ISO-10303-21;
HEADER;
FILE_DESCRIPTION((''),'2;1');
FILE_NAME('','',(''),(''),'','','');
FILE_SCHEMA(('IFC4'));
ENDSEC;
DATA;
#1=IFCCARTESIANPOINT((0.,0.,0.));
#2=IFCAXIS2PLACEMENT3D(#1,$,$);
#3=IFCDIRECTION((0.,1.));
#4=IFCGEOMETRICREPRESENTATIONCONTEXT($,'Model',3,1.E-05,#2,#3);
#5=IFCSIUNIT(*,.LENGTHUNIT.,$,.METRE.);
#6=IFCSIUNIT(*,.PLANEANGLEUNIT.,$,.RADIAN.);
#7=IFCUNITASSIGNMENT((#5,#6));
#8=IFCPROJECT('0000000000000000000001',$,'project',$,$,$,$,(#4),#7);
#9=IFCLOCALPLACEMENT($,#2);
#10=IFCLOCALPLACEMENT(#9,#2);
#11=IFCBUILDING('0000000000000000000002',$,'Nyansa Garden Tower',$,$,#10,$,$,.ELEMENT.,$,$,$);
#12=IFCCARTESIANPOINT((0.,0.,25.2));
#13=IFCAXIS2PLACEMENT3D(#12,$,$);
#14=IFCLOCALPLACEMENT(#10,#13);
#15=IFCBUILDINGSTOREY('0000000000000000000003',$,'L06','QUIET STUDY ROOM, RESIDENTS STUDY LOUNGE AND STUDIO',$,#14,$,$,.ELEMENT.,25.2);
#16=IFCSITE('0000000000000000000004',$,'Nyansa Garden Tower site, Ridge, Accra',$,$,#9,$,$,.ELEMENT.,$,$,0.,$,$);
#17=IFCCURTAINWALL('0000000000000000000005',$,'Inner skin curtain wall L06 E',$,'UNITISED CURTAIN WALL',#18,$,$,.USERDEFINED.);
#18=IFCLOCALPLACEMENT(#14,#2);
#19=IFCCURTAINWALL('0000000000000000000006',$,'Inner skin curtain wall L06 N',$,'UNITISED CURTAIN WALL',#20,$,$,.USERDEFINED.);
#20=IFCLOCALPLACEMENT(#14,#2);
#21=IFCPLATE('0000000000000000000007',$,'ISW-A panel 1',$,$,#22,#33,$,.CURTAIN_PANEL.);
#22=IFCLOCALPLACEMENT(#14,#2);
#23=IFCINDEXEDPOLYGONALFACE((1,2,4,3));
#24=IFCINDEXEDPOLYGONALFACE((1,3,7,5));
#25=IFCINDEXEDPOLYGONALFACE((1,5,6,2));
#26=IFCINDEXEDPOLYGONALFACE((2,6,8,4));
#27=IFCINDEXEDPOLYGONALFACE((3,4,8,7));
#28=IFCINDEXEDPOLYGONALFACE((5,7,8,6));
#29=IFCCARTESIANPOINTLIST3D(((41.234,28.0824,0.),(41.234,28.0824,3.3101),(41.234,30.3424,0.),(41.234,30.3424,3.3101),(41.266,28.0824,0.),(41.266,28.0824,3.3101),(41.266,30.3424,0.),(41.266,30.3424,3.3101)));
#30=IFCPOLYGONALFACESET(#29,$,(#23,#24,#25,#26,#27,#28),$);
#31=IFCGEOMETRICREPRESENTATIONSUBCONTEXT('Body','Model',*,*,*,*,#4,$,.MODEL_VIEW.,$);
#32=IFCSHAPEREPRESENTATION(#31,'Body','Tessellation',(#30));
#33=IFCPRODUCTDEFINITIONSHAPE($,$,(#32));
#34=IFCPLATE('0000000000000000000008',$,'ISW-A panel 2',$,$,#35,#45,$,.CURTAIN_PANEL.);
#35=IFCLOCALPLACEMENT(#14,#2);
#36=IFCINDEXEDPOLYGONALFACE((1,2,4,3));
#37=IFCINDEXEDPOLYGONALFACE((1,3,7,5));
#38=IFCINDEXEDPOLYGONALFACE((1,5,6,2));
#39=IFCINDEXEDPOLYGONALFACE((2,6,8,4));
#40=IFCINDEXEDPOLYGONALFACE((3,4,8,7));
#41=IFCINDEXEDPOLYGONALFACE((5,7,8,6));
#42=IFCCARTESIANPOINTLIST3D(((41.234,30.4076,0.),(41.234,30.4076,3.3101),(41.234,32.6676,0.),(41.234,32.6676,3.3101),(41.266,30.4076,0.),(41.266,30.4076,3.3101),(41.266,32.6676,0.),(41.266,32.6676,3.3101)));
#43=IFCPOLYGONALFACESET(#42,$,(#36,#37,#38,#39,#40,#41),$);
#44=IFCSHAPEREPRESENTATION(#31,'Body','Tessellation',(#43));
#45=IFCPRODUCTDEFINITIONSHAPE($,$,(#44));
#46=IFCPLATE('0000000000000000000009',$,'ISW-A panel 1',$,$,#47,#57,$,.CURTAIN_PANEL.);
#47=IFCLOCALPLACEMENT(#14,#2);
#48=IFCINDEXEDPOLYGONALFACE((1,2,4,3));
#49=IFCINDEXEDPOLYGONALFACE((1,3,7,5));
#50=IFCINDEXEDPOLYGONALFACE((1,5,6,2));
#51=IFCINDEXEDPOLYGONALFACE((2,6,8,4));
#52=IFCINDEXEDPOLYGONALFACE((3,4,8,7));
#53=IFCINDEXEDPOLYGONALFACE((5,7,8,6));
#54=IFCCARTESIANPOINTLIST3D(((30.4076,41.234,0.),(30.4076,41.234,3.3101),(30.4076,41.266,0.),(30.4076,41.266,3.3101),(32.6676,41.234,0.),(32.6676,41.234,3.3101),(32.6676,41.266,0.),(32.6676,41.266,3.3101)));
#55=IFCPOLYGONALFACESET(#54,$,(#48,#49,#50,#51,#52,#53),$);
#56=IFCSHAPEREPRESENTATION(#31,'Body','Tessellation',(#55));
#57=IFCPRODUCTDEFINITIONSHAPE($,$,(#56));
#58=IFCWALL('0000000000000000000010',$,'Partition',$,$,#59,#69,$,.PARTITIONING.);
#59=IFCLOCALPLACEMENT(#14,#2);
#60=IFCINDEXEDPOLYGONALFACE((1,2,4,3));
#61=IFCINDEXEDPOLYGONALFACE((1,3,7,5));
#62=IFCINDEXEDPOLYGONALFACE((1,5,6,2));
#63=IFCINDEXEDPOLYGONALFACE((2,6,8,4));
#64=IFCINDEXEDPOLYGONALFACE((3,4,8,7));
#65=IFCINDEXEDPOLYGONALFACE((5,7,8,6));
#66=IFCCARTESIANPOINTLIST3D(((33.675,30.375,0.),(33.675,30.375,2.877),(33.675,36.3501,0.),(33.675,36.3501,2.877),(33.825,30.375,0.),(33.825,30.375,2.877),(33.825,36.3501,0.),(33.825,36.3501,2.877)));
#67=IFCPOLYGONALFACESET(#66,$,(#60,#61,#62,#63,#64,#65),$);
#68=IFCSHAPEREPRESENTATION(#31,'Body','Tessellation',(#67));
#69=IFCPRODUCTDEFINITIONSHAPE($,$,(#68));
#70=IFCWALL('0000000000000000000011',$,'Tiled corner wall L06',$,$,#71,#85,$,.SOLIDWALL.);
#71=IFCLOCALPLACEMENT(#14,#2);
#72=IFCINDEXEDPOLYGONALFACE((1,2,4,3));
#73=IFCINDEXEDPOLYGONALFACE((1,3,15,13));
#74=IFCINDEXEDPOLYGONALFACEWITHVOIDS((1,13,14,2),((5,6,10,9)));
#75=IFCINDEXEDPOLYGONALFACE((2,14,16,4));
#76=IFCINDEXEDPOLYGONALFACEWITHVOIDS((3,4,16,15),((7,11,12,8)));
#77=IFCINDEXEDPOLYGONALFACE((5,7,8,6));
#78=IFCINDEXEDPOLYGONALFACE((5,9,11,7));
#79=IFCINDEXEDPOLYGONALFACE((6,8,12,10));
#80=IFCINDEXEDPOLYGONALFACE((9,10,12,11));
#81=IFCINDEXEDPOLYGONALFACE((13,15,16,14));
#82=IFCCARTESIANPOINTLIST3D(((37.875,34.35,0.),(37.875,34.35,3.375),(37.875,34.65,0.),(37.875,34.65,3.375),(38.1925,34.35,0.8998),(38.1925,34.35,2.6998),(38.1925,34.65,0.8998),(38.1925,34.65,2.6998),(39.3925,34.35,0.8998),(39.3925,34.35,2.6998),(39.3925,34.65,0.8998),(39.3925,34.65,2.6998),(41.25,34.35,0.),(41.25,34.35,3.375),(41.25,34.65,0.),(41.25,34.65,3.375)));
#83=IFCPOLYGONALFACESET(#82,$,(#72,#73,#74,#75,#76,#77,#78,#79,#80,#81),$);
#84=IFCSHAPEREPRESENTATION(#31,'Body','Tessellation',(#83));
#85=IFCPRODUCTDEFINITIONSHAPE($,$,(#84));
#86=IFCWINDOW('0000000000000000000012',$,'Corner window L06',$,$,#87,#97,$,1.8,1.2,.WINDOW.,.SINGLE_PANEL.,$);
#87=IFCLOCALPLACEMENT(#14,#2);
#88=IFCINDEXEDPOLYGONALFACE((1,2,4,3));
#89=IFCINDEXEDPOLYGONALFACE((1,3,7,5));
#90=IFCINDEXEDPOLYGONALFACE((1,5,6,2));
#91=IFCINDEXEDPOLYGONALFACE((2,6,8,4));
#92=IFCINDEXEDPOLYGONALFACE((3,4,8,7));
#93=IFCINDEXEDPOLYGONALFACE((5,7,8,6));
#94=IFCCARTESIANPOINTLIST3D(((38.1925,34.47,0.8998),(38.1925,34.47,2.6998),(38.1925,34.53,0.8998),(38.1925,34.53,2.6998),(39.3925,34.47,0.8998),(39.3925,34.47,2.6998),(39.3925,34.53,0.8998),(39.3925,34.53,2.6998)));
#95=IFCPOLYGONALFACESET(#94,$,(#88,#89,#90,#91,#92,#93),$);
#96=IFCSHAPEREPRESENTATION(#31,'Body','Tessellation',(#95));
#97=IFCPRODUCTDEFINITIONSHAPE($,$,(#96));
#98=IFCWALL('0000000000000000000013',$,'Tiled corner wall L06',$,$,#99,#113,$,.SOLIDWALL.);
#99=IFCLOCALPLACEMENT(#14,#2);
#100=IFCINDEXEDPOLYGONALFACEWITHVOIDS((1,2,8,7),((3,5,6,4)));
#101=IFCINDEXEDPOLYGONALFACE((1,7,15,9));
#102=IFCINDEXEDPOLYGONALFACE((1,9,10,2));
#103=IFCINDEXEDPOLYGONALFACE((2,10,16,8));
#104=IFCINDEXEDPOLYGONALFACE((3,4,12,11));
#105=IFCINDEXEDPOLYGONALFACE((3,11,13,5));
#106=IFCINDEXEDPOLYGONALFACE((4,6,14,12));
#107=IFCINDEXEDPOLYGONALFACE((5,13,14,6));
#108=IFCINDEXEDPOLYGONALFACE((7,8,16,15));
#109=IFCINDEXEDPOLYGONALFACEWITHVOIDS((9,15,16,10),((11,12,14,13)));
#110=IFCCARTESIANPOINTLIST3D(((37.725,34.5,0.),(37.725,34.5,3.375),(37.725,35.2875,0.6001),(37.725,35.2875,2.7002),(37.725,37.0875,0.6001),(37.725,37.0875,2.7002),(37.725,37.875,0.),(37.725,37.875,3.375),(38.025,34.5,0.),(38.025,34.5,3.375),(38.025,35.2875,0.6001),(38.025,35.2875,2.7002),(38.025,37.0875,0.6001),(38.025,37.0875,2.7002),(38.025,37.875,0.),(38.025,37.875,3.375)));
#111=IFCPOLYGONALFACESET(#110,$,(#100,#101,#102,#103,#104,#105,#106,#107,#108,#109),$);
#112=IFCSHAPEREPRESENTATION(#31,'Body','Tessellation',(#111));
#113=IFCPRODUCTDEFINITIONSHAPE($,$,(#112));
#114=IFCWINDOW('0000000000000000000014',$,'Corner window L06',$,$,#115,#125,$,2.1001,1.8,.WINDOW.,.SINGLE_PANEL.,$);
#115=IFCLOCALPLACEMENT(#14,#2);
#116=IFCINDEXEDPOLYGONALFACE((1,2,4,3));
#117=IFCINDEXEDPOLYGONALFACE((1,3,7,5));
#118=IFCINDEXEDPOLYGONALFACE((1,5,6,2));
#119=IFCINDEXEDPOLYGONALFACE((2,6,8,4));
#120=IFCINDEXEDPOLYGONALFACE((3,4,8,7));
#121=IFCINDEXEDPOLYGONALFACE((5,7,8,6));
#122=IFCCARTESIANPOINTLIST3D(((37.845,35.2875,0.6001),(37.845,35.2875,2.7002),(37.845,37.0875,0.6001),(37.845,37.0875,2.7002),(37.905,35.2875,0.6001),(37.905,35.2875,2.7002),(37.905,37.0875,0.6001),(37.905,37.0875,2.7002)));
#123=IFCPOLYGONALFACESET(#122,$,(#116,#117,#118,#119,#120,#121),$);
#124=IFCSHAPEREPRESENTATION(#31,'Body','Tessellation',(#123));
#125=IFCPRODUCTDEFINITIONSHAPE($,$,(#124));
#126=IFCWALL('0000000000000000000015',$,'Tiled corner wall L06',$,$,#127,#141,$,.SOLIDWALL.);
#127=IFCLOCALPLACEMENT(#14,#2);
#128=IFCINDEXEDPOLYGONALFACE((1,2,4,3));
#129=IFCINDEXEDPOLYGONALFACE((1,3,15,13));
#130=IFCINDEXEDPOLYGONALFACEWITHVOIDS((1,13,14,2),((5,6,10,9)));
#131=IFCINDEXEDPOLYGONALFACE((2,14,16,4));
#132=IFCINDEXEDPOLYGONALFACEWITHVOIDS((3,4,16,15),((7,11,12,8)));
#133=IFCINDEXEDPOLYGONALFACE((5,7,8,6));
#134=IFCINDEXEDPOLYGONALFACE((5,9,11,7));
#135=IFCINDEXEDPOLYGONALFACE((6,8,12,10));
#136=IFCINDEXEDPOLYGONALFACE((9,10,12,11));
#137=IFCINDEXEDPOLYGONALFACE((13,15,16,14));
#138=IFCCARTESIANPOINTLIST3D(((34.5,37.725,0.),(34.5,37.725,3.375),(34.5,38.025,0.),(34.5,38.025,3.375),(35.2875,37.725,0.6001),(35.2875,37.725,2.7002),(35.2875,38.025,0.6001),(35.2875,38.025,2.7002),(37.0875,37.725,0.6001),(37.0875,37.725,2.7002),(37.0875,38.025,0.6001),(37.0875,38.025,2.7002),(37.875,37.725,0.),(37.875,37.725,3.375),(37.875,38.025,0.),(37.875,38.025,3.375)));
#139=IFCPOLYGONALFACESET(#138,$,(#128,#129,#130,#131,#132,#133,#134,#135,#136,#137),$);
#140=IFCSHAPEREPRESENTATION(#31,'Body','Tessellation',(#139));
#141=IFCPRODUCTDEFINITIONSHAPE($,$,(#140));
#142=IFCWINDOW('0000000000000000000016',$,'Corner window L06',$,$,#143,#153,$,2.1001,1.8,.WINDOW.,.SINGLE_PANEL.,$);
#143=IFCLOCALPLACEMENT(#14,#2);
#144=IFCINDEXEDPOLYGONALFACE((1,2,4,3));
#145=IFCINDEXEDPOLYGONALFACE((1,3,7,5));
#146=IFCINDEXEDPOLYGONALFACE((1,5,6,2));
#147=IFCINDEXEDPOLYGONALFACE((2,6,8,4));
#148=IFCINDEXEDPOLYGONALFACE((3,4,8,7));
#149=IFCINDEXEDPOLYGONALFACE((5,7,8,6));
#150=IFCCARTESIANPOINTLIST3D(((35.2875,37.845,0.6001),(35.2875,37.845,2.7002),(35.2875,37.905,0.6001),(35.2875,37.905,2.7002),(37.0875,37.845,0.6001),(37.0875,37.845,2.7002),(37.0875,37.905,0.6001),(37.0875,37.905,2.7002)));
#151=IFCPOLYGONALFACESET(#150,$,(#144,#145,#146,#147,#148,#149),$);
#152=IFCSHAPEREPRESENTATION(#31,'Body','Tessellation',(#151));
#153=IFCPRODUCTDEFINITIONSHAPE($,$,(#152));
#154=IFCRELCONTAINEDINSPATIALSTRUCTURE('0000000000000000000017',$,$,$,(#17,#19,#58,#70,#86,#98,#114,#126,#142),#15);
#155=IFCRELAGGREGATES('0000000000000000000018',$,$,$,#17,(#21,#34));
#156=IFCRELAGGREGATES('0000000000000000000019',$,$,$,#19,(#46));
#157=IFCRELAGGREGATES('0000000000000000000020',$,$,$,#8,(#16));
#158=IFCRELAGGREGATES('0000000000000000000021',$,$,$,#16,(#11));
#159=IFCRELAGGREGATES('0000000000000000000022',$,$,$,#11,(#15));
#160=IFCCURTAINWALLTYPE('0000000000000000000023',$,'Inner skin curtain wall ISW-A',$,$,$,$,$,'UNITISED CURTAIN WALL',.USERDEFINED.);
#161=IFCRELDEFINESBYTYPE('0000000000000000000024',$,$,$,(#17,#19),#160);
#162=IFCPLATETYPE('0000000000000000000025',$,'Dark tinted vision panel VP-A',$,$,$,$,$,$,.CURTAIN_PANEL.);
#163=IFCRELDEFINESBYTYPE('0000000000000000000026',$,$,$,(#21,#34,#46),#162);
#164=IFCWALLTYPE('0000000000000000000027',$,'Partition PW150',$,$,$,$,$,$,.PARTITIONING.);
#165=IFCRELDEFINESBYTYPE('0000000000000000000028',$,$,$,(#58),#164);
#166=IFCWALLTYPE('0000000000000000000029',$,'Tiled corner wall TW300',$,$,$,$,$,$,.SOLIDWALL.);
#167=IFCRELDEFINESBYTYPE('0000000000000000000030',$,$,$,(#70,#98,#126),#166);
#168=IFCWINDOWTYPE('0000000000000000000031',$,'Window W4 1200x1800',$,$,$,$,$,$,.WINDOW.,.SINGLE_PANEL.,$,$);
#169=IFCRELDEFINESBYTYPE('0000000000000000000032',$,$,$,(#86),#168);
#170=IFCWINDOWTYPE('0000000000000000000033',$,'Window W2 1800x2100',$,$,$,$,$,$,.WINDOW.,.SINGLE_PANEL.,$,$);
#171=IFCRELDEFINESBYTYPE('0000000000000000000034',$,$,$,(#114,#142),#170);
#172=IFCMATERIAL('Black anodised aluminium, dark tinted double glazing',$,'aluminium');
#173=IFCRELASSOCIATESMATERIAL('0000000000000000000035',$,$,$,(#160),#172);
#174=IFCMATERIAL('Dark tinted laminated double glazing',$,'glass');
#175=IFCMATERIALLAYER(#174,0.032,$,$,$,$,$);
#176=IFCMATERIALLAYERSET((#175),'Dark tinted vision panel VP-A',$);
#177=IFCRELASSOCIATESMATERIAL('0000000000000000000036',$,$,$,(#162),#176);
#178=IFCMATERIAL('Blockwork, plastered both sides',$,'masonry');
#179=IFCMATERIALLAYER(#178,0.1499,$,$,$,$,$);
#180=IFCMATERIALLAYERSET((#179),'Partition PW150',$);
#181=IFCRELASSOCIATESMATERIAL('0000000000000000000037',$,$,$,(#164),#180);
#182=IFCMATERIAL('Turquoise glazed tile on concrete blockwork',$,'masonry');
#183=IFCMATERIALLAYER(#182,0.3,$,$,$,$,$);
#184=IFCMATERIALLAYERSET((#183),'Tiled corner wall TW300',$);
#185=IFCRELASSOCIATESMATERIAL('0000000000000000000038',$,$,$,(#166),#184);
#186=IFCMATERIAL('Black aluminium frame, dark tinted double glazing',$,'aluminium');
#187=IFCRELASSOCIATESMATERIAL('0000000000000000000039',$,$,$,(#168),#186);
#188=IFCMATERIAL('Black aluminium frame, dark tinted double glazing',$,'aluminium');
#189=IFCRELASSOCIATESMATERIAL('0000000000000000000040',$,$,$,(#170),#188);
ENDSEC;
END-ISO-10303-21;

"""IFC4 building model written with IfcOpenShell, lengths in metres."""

from ifc_helpers import new_model, si_unit, direction, frame, frame_2d, origin, origin_2d, place, context, subcontext, project, spatial, rectangle, extrude, material, layer, layer_set, type_object, element, fill, aggregate, save


model = new_model("IFC4")

# Units and contexts
model_context = context("Model", 3, precision=1e-05, world=origin(), true_north=direction((0.0, 1.0)))
body_context = subcontext(model_context, "Body", "Model", "MODEL_VIEW")
ifc_project = project(units=[si_unit("LENGTHUNIT", "METRE"), si_unit("PLANEANGLEUNIT", "RADIAN")], contexts=[model_context])

# Site, building, storey
site_placement = place(None, origin())
site = spatial("IfcSite", under=ifc_project, at=site_placement, Name="Nyansa Garden Tower site, Ridge, Accra", CompositionType="ELEMENT", RefElevation=0.0)
building_placement = place(site_placement, origin())
building = spatial("IfcBuilding", under=site, at=building_placement, Name="Nyansa Garden Tower", CompositionType="ELEMENT")
storey_placement = place(building_placement, frame((0.0, 0.0, 25.2)))
storey = spatial("IfcBuildingStorey", under=building, at=storey_placement, Name="L06", Description="QUIET STUDY ROOM, RESIDENTS STUDY LOUNGE AND STUDIO", CompositionType="ELEMENT", Elevation=25.2)

# Curtain wall
ifc_material_1 = material(Name="Black anodised aluminium, dark tinted double glazing", Category="aluminium")
curtain_wall_type = type_object("IfcCurtainWallType", Name="Inner skin curtain wall ISW-A", ElementType="UNITISED CURTAIN WALL", PredefinedType="USERDEFINED", material=ifc_material_1)
curtain_wall_1_placement = place(storey_placement, origin())
curtain_wall_1 = element("IfcCurtainWall", 1, at=curtain_wall_1_placement, inside=storey, type_object=curtain_wall_type, Name="Inner skin curtain wall L06 E", ObjectType="UNITISED CURTAIN WALL", PredefinedType="USERDEFINED")

# Curtain wall
curtain_wall_2_placement = place(storey_placement, origin())
curtain_wall_2 = element("IfcCurtainWall", 2, at=curtain_wall_2_placement, inside=storey, type_object=curtain_wall_type, Name="Inner skin curtain wall L06 N", ObjectType="UNITISED CURTAIN WALL", PredefinedType="USERDEFINED")

# Plates
ifc_material_2 = material(Name="Dark tinted laminated double glazing", Category="glass")
ifc_layer_1 = layer(ifc_material_2, 0.032)
ifc_layer_set_1 = layer_set([ifc_layer_1], Name="Dark tinted vision panel VP-A")
plate_type = type_object("IfcPlateType", Name="Dark tinted vision panel VP-A", PredefinedType="CURTAIN_PANEL", material=ifc_layer_set_1)
plate_1_placement = place(storey_placement, frame((41.25, 29.2124, 0.0), z_axis=(0.0, 0.0, 1.0), x_axis=(0.0, 1.0, 0.0)))
plate_1 = element("IfcPlate", 3, at=plate_1_placement, type_object=plate_type, Name="ISW-A panel 1", PredefinedType="CURTAIN_PANEL", context=body_context, shape_type="SweptSolid", body=[
    extrude(rectangle(XDim=2.26, YDim=0.032, at=origin_2d()), origin(), (0.0, 0.0, 1.0), 3.3101),
])
plate_2_placement = place(storey_placement, frame((41.25, 31.5376, 0.0), z_axis=(0.0, 0.0, 1.0), x_axis=(0.0, 1.0, 0.0)))
plate_2 = element("IfcPlate", 4, at=plate_2_placement, type_object=plate_type, Name="ISW-A panel 2", PredefinedType="CURTAIN_PANEL", context=body_context, shape_type="SweptSolid", body=[
    extrude(rectangle(XDim=2.26, YDim=0.032, at=origin_2d()), origin(), (0.0, 0.0, 1.0), 3.3101),
])
aggregate(curtain_wall_1, [plate_1, plate_2])
plate_3_placement = place(storey_placement, frame((31.5376, 41.25, 0.0), z_axis=(0.0, 0.0, 1.0), x_axis=(-1.0, 0.0, 0.0)))
plate_3 = element("IfcPlate", 5, at=plate_3_placement, type_object=plate_type, Name="ISW-A panel 1", PredefinedType="CURTAIN_PANEL", context=body_context, shape_type="SweptSolid", body=[
    extrude(rectangle(XDim=2.26, YDim=0.032, at=origin_2d()), origin(), (0.0, 0.0, 1.0), 3.3101),
])
aggregate(curtain_wall_2, [plate_3])

# Wall
ifc_material_3 = material(Name="Blockwork, plastered both sides", Category="masonry")
ifc_layer_2 = layer(ifc_material_3, 0.1499)
ifc_layer_set_2 = layer_set([ifc_layer_2], Name="Partition PW150")
wall_type_1 = type_object("IfcWallType", Name="Partition PW150", PredefinedType="PARTITIONING", material=ifc_layer_set_2)
wall_1_placement = place(storey_placement, frame((33.75, 30.375, 0.0), z_axis=(0.0, 0.0, 1.0), x_axis=(0.0, 1.0, 0.0)))
element("IfcWall", 6, at=wall_1_placement, inside=storey, type_object=wall_type_1, Name="Partition", PredefinedType="PARTITIONING", context=body_context, shape_type="SweptSolid", body=[
    extrude(rectangle(XDim=5.9751, YDim=0.1499, at=frame_2d((2.9875, 0.0))), origin(), (0.0, 0.0, 1.0), 2.877),
])

# Walls, openings, windows
ifc_material_4 = material(Name="Turquoise glazed tile on concrete blockwork", Category="masonry")
ifc_layer_3 = layer(ifc_material_4, 0.3)
ifc_layer_set_3 = layer_set([ifc_layer_3], Name="Tiled corner wall TW300")
wall_type_2 = type_object("IfcWallType", Name="Tiled corner wall TW300", PredefinedType="SOLIDWALL", material=ifc_layer_set_3)
wall_2_placement = place(storey_placement, frame((41.25, 34.5, 0.0), z_axis=(0.0, 0.0, 1.0), x_axis=(-1.0, 0.0, 0.0)))
wall_2 = element("IfcWall", 7, at=wall_2_placement, inside=storey, type_object=wall_type_2, Name="Tiled corner wall L06", PredefinedType="SOLIDWALL", context=body_context, shape_type="SweptSolid", body=[
    extrude(rectangle(XDim=3.375, YDim=0.3, at=frame_2d((1.6875, 0.0))), origin(), (0.0, 0.0, 1.0), 3.375),
])
opening_1_placement = place(wall_2_placement, frame((1.8574, 0.0, 0.8999)))
opening_1 = element("IfcOpeningElement", 8, at=opening_1_placement, cuts=wall_2, PredefinedType="OPENING", context=body_context, shape_type="SweptSolid", body=[
    extrude(rectangle(XDim=1.2, YDim=1.8, at=frame_2d((0.6001, 0.8999))), frame((0.0, 0.1599, 0.0), z_axis=(0.0, -1.0, 0.0), x_axis=(1.0, 0.0, 0.0)), (0.0, 0.0, 1.0), 0.3201),
])
ifc_material_5 = material(Name="Black aluminium frame, dark tinted double glazing", Category="aluminium")
window_type_1 = type_object("IfcWindowType", Name="Window W4 1200x1800", PartitioningType="SINGLE_PANEL", PredefinedType="WINDOW", material=ifc_material_5)
window_1_placement = place(opening_1_placement, origin())
window_1 = element("IfcWindow", 9, at=window_1_placement, inside=storey, type_object=window_type_1, Name="Corner window L06", OverallHeight=1.8, OverallWidth=1.2, PartitioningType="SINGLE_PANEL", PredefinedType="WINDOW", context=body_context, shape_type="SweptSolid", body=[
    extrude(rectangle(XDim=1.2, YDim=1.8, at=frame_2d((0.6001, 0.8999))), frame((0.0, 0.03, 0.0), z_axis=(0.0, -1.0, 0.0), x_axis=(1.0, 0.0, 0.0)), (0.0, 0.0, 1.0), 0.0601),
])
fill(opening_1, window_1)
wall_3_placement = place(storey_placement, frame((37.875, 34.5, 0.0), z_axis=(0.0, 0.0, 1.0), x_axis=(0.0, 1.0, 0.0)))
wall_3 = element("IfcWall", 10, at=wall_3_placement, inside=storey, type_object=wall_type_2, Name="Tiled corner wall L06", PredefinedType="SOLIDWALL", context=body_context, shape_type="SweptSolid", body=[
    extrude(rectangle(XDim=3.375, YDim=0.3, at=frame_2d((1.6875, 0.0))), origin(), (0.0, 0.0, 1.0), 3.375),
])
opening_2_placement = place(wall_3_placement, frame((0.7876, 0.0, 0.6001)))
opening_2 = element("IfcOpeningElement", 11, at=opening_2_placement, cuts=wall_3, PredefinedType="OPENING", context=body_context, shape_type="SweptSolid", body=[
    extrude(rectangle(XDim=1.8, YDim=2.1001, at=frame_2d((0.8999, 1.05))), frame((0.0, 0.1599, 0.0), z_axis=(0.0, -1.0, 0.0), x_axis=(1.0, 0.0, 0.0)), (0.0, 0.0, 1.0), 0.3201),
])
ifc_material_6 = material(Name="Black aluminium frame, dark tinted double glazing", Category="aluminium")
window_type_2 = type_object("IfcWindowType", Name="Window W2 1800x2100", PartitioningType="SINGLE_PANEL", PredefinedType="WINDOW", material=ifc_material_6)
window_2_placement = place(opening_2_placement, origin())
window_2 = element("IfcWindow", 12, at=window_2_placement, inside=storey, type_object=window_type_2, Name="Corner window L06", OverallHeight=2.1001, OverallWidth=1.8, PartitioningType="SINGLE_PANEL", PredefinedType="WINDOW", context=body_context, shape_type="SweptSolid", body=[
    extrude(rectangle(XDim=1.8, YDim=2.1001, at=frame_2d((0.8999, 1.05))), frame((0.0, 0.03, 0.0), z_axis=(0.0, -1.0, 0.0), x_axis=(1.0, 0.0, 0.0)), (0.0, 0.0, 1.0), 0.0601),
])
fill(opening_2, window_2)
wall_4_placement = place(storey_placement, frame((37.875, 37.875, 0.0), z_axis=(0.0, 0.0, 1.0), x_axis=(-1.0, 0.0, 0.0)))
wall_4 = element("IfcWall", 13, at=wall_4_placement, inside=storey, type_object=wall_type_2, Name="Tiled corner wall L06", PredefinedType="SOLIDWALL", context=body_context, shape_type="SweptSolid", body=[
    extrude(rectangle(XDim=3.375, YDim=0.3, at=frame_2d((1.6875, 0.0))), origin(), (0.0, 0.0, 1.0), 3.375),
])
opening_3_placement = place(wall_4_placement, frame((0.7876, 0.0, 0.6001)))
opening_3 = element("IfcOpeningElement", 14, at=opening_3_placement, cuts=wall_4, PredefinedType="OPENING", context=body_context, shape_type="SweptSolid", body=[
    extrude(rectangle(XDim=1.8, YDim=2.1001, at=frame_2d((0.8999, 1.05))), frame((0.0, 0.1599, 0.0), z_axis=(0.0, -1.0, 0.0), x_axis=(1.0, 0.0, 0.0)), (0.0, 0.0, 1.0), 0.3201),
])
window_3_placement = place(opening_3_placement, origin())
window_3 = element("IfcWindow", 15, at=window_3_placement, inside=storey, type_object=window_type_2, Name="Corner window L06", OverallHeight=2.1001, OverallWidth=1.8, PartitioningType="SINGLE_PANEL", PredefinedType="WINDOW", context=body_context, shape_type="SweptSolid", body=[
    extrude(rectangle(XDim=1.8, YDim=2.1001, at=frame_2d((0.8999, 1.05))), frame((0.0, 0.03, 0.0), z_axis=(0.0, -1.0, 0.0), x_axis=(1.0, 0.0, 0.0)), (0.0, 0.0, 1.0), 0.0601),
])
fill(opening_3, window_3)

save(model, "model.ifc")
